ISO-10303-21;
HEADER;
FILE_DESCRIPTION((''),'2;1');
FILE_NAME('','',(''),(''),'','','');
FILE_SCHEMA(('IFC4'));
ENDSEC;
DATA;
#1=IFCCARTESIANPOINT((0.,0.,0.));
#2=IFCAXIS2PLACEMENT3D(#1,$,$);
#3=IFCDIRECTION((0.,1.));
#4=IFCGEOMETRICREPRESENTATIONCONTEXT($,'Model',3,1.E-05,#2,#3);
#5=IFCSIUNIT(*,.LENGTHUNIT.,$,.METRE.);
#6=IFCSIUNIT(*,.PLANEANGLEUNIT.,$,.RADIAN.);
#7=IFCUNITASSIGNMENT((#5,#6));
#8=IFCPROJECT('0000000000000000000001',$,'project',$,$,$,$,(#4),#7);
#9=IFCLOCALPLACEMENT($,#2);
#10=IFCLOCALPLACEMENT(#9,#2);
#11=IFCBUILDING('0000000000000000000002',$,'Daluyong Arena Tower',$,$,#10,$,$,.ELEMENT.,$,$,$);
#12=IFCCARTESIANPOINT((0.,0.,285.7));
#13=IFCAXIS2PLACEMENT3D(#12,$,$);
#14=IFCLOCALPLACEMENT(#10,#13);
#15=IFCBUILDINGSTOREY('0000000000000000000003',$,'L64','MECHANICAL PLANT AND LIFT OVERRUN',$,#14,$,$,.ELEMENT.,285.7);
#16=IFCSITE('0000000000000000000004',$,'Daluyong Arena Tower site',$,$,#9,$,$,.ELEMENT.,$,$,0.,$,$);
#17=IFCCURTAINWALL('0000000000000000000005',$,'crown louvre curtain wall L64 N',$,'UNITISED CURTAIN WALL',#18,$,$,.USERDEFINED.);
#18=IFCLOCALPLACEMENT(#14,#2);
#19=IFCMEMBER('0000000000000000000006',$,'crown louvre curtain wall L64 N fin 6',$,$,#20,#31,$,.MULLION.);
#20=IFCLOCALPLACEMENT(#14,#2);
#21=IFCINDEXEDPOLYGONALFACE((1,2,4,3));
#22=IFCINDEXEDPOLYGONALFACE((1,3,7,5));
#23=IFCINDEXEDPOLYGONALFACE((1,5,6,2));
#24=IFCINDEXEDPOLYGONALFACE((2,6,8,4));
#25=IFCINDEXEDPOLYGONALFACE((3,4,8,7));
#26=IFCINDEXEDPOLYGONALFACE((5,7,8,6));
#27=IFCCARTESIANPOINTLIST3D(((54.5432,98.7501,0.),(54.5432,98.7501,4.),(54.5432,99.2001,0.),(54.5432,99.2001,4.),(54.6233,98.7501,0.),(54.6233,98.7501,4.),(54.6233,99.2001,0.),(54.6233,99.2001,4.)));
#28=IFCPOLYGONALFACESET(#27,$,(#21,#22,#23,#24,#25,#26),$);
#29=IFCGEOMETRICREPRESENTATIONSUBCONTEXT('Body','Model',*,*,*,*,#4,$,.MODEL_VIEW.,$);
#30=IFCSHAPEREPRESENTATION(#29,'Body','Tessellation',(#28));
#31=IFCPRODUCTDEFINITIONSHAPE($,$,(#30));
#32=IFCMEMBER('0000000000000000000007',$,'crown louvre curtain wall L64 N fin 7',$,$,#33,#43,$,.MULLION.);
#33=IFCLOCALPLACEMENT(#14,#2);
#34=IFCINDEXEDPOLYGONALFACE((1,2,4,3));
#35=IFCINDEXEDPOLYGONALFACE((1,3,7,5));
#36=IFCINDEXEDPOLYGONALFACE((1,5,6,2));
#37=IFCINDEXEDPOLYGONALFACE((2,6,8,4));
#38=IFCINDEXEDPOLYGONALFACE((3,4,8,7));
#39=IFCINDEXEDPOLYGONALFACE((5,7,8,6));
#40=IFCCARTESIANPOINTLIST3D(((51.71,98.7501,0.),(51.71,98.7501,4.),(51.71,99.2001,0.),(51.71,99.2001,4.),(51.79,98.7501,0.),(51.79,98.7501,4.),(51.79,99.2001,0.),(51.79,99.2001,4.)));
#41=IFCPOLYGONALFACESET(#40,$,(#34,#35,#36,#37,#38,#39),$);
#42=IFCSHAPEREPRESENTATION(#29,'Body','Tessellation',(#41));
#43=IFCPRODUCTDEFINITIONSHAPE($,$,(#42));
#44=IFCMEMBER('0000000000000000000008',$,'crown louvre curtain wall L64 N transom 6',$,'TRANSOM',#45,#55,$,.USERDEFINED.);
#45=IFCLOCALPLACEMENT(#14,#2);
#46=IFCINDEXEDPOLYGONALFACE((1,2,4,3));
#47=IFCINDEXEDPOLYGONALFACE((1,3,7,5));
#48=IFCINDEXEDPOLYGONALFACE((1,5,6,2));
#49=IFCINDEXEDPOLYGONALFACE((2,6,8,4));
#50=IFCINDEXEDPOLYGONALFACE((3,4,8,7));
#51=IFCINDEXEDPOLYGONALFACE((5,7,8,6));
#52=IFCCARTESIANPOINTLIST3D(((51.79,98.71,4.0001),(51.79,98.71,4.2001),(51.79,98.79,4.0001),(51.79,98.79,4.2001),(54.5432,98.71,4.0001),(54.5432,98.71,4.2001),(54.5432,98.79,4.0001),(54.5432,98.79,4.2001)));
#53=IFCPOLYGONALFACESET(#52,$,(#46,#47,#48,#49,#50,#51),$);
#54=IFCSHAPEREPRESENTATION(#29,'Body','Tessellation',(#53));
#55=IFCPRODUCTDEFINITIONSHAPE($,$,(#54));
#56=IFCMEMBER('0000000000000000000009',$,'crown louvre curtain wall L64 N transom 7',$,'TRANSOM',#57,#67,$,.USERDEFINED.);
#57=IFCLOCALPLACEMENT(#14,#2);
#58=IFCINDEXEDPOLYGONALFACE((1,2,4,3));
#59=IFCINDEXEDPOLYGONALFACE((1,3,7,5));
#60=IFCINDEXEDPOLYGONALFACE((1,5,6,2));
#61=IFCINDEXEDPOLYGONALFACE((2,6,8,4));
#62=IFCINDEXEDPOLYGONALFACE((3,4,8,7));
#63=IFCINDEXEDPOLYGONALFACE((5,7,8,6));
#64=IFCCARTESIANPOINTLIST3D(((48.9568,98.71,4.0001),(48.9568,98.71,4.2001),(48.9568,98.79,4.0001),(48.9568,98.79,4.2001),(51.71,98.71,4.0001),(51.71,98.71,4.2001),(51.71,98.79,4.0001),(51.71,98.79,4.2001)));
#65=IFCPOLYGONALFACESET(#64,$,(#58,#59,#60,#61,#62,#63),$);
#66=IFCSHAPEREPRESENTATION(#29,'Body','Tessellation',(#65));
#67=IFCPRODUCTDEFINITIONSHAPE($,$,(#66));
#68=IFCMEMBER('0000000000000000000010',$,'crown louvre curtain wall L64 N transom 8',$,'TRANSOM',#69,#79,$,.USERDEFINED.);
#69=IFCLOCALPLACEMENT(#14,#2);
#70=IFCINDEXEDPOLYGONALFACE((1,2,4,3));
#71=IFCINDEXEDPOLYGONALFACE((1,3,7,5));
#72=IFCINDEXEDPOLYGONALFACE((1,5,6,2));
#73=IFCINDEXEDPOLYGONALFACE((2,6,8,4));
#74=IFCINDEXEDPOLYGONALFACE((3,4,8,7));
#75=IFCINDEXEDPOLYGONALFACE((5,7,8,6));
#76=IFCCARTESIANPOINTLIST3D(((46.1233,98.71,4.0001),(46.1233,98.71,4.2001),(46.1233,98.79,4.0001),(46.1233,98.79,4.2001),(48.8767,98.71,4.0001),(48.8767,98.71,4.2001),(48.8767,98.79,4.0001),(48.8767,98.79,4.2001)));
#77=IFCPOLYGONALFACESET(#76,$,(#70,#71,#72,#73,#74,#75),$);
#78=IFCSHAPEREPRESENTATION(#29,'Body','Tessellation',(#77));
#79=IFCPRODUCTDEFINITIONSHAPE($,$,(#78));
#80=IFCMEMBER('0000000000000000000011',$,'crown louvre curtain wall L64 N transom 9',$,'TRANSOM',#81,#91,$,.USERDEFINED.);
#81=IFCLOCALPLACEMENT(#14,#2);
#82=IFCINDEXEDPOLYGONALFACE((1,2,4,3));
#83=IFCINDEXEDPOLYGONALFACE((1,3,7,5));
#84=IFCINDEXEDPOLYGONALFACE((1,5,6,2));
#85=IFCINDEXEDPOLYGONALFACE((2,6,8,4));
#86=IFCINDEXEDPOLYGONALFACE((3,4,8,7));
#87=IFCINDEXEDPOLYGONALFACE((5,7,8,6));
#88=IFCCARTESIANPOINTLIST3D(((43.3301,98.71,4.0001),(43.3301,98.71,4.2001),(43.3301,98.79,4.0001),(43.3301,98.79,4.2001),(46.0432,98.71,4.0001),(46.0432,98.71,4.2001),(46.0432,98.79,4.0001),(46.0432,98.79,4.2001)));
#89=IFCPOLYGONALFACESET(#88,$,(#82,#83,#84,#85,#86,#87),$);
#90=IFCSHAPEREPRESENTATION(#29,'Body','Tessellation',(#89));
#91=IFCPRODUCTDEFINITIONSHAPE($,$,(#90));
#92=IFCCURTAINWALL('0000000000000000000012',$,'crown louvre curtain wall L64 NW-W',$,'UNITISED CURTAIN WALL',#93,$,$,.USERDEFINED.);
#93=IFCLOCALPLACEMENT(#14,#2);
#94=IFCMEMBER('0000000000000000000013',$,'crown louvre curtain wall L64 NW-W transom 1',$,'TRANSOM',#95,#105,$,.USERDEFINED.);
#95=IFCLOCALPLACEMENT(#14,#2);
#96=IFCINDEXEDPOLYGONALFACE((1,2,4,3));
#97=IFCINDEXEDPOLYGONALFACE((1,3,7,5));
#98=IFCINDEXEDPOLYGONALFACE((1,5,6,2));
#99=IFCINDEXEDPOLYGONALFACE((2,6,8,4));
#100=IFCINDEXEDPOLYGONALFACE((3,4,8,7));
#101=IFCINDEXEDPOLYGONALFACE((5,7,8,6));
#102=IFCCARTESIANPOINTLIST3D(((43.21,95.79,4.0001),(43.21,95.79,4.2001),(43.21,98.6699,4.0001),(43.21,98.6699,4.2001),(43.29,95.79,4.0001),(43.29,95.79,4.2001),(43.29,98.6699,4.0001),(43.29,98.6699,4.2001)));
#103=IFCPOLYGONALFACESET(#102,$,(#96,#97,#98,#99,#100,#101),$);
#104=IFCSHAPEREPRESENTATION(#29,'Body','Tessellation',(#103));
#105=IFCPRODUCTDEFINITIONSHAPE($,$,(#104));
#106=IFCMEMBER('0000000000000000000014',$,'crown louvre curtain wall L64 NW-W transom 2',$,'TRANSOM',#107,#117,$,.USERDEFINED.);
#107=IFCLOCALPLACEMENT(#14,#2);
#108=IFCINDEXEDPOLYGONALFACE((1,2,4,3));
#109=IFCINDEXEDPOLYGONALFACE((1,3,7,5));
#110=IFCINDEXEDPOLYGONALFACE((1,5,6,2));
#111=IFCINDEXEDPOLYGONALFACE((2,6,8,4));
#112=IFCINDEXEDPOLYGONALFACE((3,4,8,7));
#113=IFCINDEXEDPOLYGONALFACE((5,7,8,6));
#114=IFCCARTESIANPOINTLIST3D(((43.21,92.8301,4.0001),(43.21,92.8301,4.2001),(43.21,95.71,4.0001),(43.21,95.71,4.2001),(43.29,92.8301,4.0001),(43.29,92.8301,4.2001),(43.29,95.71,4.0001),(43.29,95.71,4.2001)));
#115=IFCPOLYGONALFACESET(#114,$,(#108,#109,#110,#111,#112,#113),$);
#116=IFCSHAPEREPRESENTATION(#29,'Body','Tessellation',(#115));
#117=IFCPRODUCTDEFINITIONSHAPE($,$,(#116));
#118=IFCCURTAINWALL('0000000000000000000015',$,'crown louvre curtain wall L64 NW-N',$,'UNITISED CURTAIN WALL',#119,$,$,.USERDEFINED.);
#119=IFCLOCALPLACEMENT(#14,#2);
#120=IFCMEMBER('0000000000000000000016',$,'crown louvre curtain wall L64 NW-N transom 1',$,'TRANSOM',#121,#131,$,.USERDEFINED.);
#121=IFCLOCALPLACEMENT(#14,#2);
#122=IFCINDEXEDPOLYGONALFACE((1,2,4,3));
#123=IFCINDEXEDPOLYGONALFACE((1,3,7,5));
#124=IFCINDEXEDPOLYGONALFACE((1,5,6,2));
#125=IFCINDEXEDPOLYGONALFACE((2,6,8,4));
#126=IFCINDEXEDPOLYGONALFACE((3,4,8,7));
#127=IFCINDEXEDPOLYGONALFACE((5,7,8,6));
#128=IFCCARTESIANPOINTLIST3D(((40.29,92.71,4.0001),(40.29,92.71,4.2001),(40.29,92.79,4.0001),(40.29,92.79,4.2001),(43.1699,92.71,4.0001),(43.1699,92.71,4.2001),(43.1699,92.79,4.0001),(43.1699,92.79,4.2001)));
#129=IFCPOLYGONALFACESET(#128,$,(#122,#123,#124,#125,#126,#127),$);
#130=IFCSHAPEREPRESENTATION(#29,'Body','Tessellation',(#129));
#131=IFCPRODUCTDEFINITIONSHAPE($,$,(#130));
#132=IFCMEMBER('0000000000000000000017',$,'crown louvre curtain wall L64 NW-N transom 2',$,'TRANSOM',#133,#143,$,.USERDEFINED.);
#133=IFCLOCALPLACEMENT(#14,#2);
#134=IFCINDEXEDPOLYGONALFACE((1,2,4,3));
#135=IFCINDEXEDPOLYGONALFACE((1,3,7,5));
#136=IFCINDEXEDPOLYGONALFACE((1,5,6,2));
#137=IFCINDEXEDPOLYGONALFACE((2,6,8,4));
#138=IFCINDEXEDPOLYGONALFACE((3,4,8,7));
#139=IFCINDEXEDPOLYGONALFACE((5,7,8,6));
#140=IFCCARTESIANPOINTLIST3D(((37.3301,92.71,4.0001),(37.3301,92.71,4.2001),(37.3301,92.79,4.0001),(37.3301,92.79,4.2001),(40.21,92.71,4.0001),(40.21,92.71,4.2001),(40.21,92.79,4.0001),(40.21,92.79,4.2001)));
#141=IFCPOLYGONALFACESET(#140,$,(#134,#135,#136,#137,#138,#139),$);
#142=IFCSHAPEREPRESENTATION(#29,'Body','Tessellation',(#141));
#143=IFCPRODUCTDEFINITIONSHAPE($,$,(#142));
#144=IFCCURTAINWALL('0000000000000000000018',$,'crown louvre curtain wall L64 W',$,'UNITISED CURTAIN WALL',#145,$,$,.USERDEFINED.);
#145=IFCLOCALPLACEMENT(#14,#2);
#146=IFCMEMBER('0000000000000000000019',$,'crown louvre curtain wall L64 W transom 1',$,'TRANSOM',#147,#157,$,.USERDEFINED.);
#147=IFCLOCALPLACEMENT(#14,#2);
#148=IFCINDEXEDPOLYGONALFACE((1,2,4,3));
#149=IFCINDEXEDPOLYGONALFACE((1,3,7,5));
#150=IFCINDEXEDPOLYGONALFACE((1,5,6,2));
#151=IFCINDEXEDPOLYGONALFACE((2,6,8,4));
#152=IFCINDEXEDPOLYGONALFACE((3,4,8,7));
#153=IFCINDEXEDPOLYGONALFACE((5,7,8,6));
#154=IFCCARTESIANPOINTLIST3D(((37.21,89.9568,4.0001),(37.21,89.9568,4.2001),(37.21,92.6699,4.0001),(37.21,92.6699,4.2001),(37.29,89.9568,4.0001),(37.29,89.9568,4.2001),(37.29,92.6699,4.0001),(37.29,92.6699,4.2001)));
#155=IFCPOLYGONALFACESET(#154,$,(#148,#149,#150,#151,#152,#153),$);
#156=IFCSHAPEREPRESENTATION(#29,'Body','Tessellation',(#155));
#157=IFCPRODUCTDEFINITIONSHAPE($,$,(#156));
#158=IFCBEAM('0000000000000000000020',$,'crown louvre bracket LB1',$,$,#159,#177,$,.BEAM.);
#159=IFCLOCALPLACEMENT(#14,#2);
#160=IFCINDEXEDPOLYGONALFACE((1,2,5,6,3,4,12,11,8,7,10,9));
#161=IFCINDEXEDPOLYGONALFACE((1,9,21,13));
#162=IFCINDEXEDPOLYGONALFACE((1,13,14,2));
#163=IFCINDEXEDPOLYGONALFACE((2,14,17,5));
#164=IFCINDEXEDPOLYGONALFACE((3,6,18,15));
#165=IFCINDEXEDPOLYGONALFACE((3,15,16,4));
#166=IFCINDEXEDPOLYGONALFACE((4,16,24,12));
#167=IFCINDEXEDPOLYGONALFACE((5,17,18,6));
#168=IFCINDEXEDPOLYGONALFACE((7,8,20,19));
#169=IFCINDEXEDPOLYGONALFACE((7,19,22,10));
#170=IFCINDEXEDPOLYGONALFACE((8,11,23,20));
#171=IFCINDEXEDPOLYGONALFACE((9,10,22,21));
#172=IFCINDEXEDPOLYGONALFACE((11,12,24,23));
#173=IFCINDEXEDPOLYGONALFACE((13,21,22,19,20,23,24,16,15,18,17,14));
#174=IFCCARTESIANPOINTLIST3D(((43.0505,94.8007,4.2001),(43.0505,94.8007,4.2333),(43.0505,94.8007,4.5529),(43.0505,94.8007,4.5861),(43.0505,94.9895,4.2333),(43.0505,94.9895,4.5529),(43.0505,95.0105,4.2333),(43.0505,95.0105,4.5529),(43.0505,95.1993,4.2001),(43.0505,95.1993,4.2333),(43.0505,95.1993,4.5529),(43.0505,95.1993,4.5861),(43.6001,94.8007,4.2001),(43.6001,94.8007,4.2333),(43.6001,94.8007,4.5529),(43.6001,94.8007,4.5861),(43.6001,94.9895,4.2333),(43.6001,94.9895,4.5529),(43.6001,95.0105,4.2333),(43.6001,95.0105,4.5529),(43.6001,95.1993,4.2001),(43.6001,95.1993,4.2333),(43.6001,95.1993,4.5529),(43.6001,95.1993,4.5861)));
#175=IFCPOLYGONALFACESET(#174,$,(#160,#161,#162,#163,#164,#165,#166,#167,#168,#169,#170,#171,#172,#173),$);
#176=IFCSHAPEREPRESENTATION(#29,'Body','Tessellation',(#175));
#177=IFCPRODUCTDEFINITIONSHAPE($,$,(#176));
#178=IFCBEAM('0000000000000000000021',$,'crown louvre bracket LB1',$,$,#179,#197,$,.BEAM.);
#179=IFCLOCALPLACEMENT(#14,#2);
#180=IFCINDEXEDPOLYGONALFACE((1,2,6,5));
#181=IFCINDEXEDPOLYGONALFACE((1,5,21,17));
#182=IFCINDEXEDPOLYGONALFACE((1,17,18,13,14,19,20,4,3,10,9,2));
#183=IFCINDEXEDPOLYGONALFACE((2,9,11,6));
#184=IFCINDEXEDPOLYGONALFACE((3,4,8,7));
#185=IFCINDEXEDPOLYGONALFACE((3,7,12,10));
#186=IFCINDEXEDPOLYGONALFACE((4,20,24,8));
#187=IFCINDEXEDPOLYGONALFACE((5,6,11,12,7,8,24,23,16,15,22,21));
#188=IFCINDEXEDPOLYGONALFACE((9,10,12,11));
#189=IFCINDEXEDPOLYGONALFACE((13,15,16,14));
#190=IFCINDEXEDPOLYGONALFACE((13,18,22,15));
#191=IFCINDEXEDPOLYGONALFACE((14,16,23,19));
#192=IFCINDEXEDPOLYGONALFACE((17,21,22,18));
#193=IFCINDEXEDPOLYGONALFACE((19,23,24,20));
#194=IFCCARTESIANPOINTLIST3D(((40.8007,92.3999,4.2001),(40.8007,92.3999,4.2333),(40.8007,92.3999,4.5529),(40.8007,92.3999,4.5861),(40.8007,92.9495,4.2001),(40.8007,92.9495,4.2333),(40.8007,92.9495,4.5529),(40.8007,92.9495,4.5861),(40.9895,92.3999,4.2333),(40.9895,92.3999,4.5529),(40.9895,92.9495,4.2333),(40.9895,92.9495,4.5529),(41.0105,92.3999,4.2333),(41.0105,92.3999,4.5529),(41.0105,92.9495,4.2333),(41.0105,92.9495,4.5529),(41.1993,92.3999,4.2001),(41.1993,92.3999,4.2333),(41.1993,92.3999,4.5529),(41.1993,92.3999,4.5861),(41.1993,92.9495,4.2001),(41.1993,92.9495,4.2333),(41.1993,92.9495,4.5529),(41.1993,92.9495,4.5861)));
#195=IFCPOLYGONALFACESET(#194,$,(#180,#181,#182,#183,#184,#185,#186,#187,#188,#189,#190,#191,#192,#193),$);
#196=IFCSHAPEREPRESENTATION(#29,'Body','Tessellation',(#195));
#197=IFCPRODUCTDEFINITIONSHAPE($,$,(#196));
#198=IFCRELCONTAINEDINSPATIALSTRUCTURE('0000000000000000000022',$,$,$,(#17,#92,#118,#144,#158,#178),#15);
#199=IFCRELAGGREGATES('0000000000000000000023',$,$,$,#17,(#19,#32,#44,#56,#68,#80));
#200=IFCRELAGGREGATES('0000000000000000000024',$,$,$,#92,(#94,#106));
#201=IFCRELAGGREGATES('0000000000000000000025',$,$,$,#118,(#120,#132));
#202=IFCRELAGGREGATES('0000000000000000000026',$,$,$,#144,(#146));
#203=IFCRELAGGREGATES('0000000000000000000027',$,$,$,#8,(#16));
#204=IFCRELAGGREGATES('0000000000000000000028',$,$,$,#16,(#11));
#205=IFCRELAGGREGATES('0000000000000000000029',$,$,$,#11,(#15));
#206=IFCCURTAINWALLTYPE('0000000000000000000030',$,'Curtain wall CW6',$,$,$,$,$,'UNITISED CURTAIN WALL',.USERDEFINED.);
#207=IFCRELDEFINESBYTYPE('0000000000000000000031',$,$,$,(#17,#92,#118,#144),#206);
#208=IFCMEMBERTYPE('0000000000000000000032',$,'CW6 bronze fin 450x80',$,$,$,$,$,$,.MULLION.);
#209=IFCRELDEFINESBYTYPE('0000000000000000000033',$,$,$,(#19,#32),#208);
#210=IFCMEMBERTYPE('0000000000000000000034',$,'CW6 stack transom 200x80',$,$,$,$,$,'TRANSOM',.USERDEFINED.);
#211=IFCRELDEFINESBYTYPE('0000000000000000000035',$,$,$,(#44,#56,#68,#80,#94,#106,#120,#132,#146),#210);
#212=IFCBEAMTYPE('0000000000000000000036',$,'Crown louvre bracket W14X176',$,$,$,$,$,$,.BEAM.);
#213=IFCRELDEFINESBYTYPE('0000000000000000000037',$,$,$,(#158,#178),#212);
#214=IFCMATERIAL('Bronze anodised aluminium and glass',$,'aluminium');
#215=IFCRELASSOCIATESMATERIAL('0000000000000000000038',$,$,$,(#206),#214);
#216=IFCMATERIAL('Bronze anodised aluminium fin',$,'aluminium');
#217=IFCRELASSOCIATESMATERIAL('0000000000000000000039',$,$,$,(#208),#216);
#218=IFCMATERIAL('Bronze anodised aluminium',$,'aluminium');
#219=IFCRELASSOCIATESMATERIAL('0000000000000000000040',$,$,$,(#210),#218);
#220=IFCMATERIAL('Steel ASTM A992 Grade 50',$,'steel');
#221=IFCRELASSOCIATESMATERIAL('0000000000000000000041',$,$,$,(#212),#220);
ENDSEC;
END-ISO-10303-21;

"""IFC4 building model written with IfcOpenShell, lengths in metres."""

from ifc_helpers import new_model, si_unit, direction, frame, origin, origin_2d, place, context, subcontext, project, spatial, rectangle, i_section, extrude, material, material_profile, profile_set, type_object, element, aggregate, save


model = new_model("IFC4")

# Units and contexts
model_context = context("Model", 3, precision=1e-05, world=origin(), true_north=direction((0.0, 1.0)))
body_context = subcontext(model_context, "Body", "Model", "MODEL_VIEW")
ifc_project = project(units=[si_unit("LENGTHUNIT", "METRE"), si_unit("PLANEANGLEUNIT", "RADIAN")], contexts=[model_context])

# Site, building, storey
site_placement = place(None, origin())
site = spatial("IfcSite", under=ifc_project, at=site_placement, Name="Daluyong Arena Tower site", CompositionType="ELEMENT", RefElevation=0.0)
building_placement = place(site_placement, origin())
building = spatial("IfcBuilding", under=site, at=building_placement, Name="Daluyong Arena Tower", CompositionType="ELEMENT")
storey_placement = place(building_placement, frame((0.0, 0.0, 285.7)))
storey = spatial("IfcBuildingStorey", under=building, at=storey_placement, Name="L64", Description="MECHANICAL PLANT AND LIFT OVERRUN", CompositionType="ELEMENT", Elevation=285.7)

# Curtain walls, members
ifc_material_1 = material(Name="Bronze anodised aluminium and glass", Category="aluminium")
curtain_wall_type = type_object("IfcCurtainWallType", Name="Curtain wall CW6", ElementType="UNITISED CURTAIN WALL", PredefinedType="USERDEFINED", material=ifc_material_1)
curtain_wall_1_placement = place(storey_placement, origin())
curtain_wall_1 = element("IfcCurtainWall", 1, at=curtain_wall_1_placement, inside=storey, type_object=curtain_wall_type, Name="crown louvre curtain wall L64 N", ObjectType="UNITISED CURTAIN WALL", PredefinedType="USERDEFINED")
ifc_material_2 = material(Name="Bronze anodised aluminium fin", Category="aluminium")
ifc_material_profile_1 = material_profile(ifc_material_2, rectangle(XDim=0.45, YDim=0.0801, at=origin_2d()))
ifc_profile_set_1 = profile_set([ifc_material_profile_1], Name="Bronze anodised aluminium fin")
member_type_1 = type_object("IfcMemberType", Name="CW6 bronze fin 450x80", PredefinedType="MULLION", material=ifc_profile_set_1)
member_1_placement = place(storey_placement, frame((54.5833, 98.9751, 0.0), z_axis=(0.0, 0.0, 1.0), x_axis=(0.0, -1.0, 0.0)))
member_1 = element("IfcMember", 2, at=member_1_placement, type_object=member_type_1, Name="crown louvre curtain wall L64 N fin 6", PredefinedType="MULLION", context=body_context, shape_type="SweptSolid", body=[
    extrude(rectangle(XDim=0.45, YDim=0.0801, at=origin_2d()), origin(), (0.0, 0.0, 1.0), 4.0),
])
member_2_placement = place(storey_placement, frame((51.75, 98.9751, 0.0), z_axis=(0.0, 0.0, 1.0), x_axis=(0.0, -1.0, 0.0)))
member_2 = element("IfcMember", 3, at=member_2_placement, type_object=member_type_1, Name="crown louvre curtain wall L64 N fin 7", PredefinedType="MULLION", context=body_context, shape_type="SweptSolid", body=[
    extrude(rectangle(XDim=0.45, YDim=0.0801, at=origin_2d()), origin(), (0.0, 0.0, 1.0), 4.0),
])
ifc_material_3 = material(Name="Bronze anodised aluminium", Category="aluminium")
ifc_material_profile_2 = material_profile(ifc_material_3, rectangle(XDim=0.0801, YDim=0.2, at=origin_2d()))
ifc_profile_set_2 = profile_set([ifc_material_profile_2], Name="Bronze anodised aluminium")
member_type_2 = type_object("IfcMemberType", Name="CW6 stack transom 200x80", ElementType="TRANSOM", PredefinedType="USERDEFINED", material=ifc_profile_set_2)
member_3_placement = place(storey_placement, frame((54.5432, 98.75, 4.1001), z_axis=(-1.0, 0.0, 0.0), x_axis=(0.0, -1.0, 0.0)))
member_3 = element("IfcMember", 4, at=member_3_placement, type_object=member_type_2, Name="crown louvre curtain wall L64 N transom 6", ObjectType="TRANSOM", PredefinedType="USERDEFINED", context=body_context, shape_type="SweptSolid", body=[
    extrude(rectangle(XDim=0.0801, YDim=0.2, at=origin_2d()), origin(), (0.0, 0.0, 1.0), 2.7532),
])
member_4_placement = place(storey_placement, frame((51.71, 98.75, 4.1001), z_axis=(-1.0, 0.0, 0.0), x_axis=(0.0, -1.0, 0.0)))
member_4 = element("IfcMember", 5, at=member_4_placement, type_object=member_type_2, Name="crown louvre curtain wall L64 N transom 7", ObjectType="TRANSOM", PredefinedType="USERDEFINED", context=body_context, shape_type="SweptSolid", body=[
    extrude(rectangle(XDim=0.0801, YDim=0.2, at=origin_2d()), origin(), (0.0, 0.0, 1.0), 2.7532),
])
member_5_placement = place(storey_placement, frame((48.8767, 98.75, 4.1001), z_axis=(-1.0, 0.0, 0.0), x_axis=(0.0, -1.0, 0.0)))
member_5 = element("IfcMember", 6, at=member_5_placement, type_object=member_type_2, Name="crown louvre curtain wall L64 N transom 8", ObjectType="TRANSOM", PredefinedType="USERDEFINED", context=body_context, shape_type="SweptSolid", body=[
    extrude(rectangle(XDim=0.0801, YDim=0.2, at=origin_2d()), origin(), (0.0, 0.0, 1.0), 2.7534),
])
member_6_placement = place(storey_placement, frame((46.0432, 98.75, 4.1001), z_axis=(-1.0, 0.0, 0.0), x_axis=(0.0, -1.0, 0.0)))
member_6 = element("IfcMember", 7, at=member_6_placement, type_object=member_type_2, Name="crown louvre curtain wall L64 N transom 9", ObjectType="TRANSOM", PredefinedType="USERDEFINED", context=body_context, shape_type="SweptSolid", body=[
    extrude(rectangle(XDim=0.0801, YDim=0.2, at=origin_2d()), origin(), (0.0, 0.0, 1.0), 2.7131),
])
aggregate(curtain_wall_1, [member_1, member_2, member_3, member_4, member_5, member_6])
curtain_wall_2_placement = place(storey_placement, origin())
curtain_wall_2 = element("IfcCurtainWall", 8, at=curtain_wall_2_placement, inside=storey, type_object=curtain_wall_type, Name="crown louvre curtain wall L64 NW-W", ObjectType="UNITISED CURTAIN WALL", PredefinedType="USERDEFINED")
member_7_placement = place(storey_placement, frame((43.25, 98.6699, 4.1001), z_axis=(0.0, -1.0, 0.0), x_axis=(1.0, 0.0, 0.0)))
member_7 = element("IfcMember", 9, at=member_7_placement, type_object=member_type_2, Name="crown louvre curtain wall L64 NW-W transom 1", ObjectType="TRANSOM", PredefinedType="USERDEFINED", context=body_context, shape_type="SweptSolid", body=[
    extrude(rectangle(XDim=0.0801, YDim=0.2, at=origin_2d()), origin(), (0.0, 0.0, 1.0), 2.8799),
])
member_8_placement = place(storey_placement, frame((43.25, 95.71, 4.1001), z_axis=(0.0, -1.0, 0.0), x_axis=(1.0, 0.0, 0.0)))
member_8 = element("IfcMember", 10, at=member_8_placement, type_object=member_type_2, Name="crown louvre curtain wall L64 NW-W transom 2", ObjectType="TRANSOM", PredefinedType="USERDEFINED", context=body_context, shape_type="SweptSolid", body=[
    extrude(rectangle(XDim=0.0801, YDim=0.2, at=origin_2d()), origin(), (0.0, 0.0, 1.0), 2.8799),
])
aggregate(curtain_wall_2, [member_7, member_8])
curtain_wall_3_placement = place(storey_placement, origin())
curtain_wall_3 = element("IfcCurtainWall", 11, at=curtain_wall_3_placement, inside=storey, type_object=curtain_wall_type, Name="crown louvre curtain wall L64 NW-N", ObjectType="UNITISED CURTAIN WALL", PredefinedType="USERDEFINED")
member_9_placement = place(storey_placement, frame((43.1699, 92.75, 4.1001), z_axis=(-1.0, 0.0, 0.0), x_axis=(0.0, -1.0, 0.0)))
member_9 = element("IfcMember", 12, at=member_9_placement, type_object=member_type_2, Name="crown louvre curtain wall L64 NW-N transom 1", ObjectType="TRANSOM", PredefinedType="USERDEFINED", context=body_context, shape_type="SweptSolid", body=[
    extrude(rectangle(XDim=0.0801, YDim=0.2, at=origin_2d()), origin(), (0.0, 0.0, 1.0), 2.8799),
])
member_10_placement = place(storey_placement, frame((40.21, 92.75, 4.1001), z_axis=(-1.0, 0.0, 0.0), x_axis=(0.0, -1.0, 0.0)))
member_10 = element("IfcMember", 13, at=member_10_placement, type_object=member_type_2, Name="crown louvre curtain wall L64 NW-N transom 2", ObjectType="TRANSOM", PredefinedType="USERDEFINED", context=body_context, shape_type="SweptSolid", body=[
    extrude(rectangle(XDim=0.0801, YDim=0.2, at=origin_2d()), origin(), (0.0, 0.0, 1.0), 2.8799),
])
aggregate(curtain_wall_3, [member_9, member_10])

# Curtain wall, member
curtain_wall_4_placement = place(storey_placement, origin())
curtain_wall_4 = element("IfcCurtainWall", 14, at=curtain_wall_4_placement, inside=storey, type_object=curtain_wall_type, Name="crown louvre curtain wall L64 W", ObjectType="UNITISED CURTAIN WALL", PredefinedType="USERDEFINED")
member_11_placement = place(storey_placement, frame((37.25, 92.6699, 4.1001), z_axis=(0.0, -1.0, 0.0), x_axis=(1.0, 0.0, 0.0)))
member_11 = element("IfcMember", 15, at=member_11_placement, type_object=member_type_2, Name="crown louvre curtain wall L64 W transom 1", ObjectType="TRANSOM", PredefinedType="USERDEFINED", context=body_context, shape_type="SweptSolid", body=[
    extrude(rectangle(XDim=0.0801, YDim=0.2, at=origin_2d()), origin(), (0.0, 0.0, 1.0), 2.7131),
])
aggregate(curtain_wall_4, [member_11])

# Beams
ifc_material_4 = material(Name="Steel ASTM A992 Grade 50", Category="steel")
ifc_material_profile_3 = material_profile(ifc_material_4, i_section(OverallWidth=0.3987, OverallDepth=0.386, WebThickness=0.021, FlangeThickness=0.0332, at=origin_2d()))
ifc_profile_set_3 = profile_set([ifc_material_profile_3], Name="Steel ASTM A992 Grade 50")
beam_type_1 = type_object("IfcBeamType", Name="Crown louvre bracket W14X176", PredefinedType="BEAM", material=ifc_profile_set_3)
for number, where, z_axis, x_axis, name in (
    (16, (43.6001, 95.0, 4.3931), (-1.0, 0.0, 0.0), (0.0, -1.0, 0.0), "crown louvre bracket LB1"),
    (17, (41.0, 92.3999, 4.3931), (0.0, 1.0, 0.0), (-1.0, 0.0, 0.0), "crown louvre bracket LB1"),
):
    element("IfcBeam", number, at=place(storey_placement, frame(where, z_axis=z_axis, x_axis=x_axis)), inside=storey, type_object=beam_type_1, Name=name, PredefinedType="BEAM", context=body_context, shape_type="SweptSolid", body=[
        extrude(i_section(OverallWidth=0.3987, OverallDepth=0.386, WebThickness=0.021, FlangeThickness=0.0332, at=origin_2d()), origin(), (0.0, 0.0, 1.0), 0.5496),
    ])

save(model, "model.ifc")
